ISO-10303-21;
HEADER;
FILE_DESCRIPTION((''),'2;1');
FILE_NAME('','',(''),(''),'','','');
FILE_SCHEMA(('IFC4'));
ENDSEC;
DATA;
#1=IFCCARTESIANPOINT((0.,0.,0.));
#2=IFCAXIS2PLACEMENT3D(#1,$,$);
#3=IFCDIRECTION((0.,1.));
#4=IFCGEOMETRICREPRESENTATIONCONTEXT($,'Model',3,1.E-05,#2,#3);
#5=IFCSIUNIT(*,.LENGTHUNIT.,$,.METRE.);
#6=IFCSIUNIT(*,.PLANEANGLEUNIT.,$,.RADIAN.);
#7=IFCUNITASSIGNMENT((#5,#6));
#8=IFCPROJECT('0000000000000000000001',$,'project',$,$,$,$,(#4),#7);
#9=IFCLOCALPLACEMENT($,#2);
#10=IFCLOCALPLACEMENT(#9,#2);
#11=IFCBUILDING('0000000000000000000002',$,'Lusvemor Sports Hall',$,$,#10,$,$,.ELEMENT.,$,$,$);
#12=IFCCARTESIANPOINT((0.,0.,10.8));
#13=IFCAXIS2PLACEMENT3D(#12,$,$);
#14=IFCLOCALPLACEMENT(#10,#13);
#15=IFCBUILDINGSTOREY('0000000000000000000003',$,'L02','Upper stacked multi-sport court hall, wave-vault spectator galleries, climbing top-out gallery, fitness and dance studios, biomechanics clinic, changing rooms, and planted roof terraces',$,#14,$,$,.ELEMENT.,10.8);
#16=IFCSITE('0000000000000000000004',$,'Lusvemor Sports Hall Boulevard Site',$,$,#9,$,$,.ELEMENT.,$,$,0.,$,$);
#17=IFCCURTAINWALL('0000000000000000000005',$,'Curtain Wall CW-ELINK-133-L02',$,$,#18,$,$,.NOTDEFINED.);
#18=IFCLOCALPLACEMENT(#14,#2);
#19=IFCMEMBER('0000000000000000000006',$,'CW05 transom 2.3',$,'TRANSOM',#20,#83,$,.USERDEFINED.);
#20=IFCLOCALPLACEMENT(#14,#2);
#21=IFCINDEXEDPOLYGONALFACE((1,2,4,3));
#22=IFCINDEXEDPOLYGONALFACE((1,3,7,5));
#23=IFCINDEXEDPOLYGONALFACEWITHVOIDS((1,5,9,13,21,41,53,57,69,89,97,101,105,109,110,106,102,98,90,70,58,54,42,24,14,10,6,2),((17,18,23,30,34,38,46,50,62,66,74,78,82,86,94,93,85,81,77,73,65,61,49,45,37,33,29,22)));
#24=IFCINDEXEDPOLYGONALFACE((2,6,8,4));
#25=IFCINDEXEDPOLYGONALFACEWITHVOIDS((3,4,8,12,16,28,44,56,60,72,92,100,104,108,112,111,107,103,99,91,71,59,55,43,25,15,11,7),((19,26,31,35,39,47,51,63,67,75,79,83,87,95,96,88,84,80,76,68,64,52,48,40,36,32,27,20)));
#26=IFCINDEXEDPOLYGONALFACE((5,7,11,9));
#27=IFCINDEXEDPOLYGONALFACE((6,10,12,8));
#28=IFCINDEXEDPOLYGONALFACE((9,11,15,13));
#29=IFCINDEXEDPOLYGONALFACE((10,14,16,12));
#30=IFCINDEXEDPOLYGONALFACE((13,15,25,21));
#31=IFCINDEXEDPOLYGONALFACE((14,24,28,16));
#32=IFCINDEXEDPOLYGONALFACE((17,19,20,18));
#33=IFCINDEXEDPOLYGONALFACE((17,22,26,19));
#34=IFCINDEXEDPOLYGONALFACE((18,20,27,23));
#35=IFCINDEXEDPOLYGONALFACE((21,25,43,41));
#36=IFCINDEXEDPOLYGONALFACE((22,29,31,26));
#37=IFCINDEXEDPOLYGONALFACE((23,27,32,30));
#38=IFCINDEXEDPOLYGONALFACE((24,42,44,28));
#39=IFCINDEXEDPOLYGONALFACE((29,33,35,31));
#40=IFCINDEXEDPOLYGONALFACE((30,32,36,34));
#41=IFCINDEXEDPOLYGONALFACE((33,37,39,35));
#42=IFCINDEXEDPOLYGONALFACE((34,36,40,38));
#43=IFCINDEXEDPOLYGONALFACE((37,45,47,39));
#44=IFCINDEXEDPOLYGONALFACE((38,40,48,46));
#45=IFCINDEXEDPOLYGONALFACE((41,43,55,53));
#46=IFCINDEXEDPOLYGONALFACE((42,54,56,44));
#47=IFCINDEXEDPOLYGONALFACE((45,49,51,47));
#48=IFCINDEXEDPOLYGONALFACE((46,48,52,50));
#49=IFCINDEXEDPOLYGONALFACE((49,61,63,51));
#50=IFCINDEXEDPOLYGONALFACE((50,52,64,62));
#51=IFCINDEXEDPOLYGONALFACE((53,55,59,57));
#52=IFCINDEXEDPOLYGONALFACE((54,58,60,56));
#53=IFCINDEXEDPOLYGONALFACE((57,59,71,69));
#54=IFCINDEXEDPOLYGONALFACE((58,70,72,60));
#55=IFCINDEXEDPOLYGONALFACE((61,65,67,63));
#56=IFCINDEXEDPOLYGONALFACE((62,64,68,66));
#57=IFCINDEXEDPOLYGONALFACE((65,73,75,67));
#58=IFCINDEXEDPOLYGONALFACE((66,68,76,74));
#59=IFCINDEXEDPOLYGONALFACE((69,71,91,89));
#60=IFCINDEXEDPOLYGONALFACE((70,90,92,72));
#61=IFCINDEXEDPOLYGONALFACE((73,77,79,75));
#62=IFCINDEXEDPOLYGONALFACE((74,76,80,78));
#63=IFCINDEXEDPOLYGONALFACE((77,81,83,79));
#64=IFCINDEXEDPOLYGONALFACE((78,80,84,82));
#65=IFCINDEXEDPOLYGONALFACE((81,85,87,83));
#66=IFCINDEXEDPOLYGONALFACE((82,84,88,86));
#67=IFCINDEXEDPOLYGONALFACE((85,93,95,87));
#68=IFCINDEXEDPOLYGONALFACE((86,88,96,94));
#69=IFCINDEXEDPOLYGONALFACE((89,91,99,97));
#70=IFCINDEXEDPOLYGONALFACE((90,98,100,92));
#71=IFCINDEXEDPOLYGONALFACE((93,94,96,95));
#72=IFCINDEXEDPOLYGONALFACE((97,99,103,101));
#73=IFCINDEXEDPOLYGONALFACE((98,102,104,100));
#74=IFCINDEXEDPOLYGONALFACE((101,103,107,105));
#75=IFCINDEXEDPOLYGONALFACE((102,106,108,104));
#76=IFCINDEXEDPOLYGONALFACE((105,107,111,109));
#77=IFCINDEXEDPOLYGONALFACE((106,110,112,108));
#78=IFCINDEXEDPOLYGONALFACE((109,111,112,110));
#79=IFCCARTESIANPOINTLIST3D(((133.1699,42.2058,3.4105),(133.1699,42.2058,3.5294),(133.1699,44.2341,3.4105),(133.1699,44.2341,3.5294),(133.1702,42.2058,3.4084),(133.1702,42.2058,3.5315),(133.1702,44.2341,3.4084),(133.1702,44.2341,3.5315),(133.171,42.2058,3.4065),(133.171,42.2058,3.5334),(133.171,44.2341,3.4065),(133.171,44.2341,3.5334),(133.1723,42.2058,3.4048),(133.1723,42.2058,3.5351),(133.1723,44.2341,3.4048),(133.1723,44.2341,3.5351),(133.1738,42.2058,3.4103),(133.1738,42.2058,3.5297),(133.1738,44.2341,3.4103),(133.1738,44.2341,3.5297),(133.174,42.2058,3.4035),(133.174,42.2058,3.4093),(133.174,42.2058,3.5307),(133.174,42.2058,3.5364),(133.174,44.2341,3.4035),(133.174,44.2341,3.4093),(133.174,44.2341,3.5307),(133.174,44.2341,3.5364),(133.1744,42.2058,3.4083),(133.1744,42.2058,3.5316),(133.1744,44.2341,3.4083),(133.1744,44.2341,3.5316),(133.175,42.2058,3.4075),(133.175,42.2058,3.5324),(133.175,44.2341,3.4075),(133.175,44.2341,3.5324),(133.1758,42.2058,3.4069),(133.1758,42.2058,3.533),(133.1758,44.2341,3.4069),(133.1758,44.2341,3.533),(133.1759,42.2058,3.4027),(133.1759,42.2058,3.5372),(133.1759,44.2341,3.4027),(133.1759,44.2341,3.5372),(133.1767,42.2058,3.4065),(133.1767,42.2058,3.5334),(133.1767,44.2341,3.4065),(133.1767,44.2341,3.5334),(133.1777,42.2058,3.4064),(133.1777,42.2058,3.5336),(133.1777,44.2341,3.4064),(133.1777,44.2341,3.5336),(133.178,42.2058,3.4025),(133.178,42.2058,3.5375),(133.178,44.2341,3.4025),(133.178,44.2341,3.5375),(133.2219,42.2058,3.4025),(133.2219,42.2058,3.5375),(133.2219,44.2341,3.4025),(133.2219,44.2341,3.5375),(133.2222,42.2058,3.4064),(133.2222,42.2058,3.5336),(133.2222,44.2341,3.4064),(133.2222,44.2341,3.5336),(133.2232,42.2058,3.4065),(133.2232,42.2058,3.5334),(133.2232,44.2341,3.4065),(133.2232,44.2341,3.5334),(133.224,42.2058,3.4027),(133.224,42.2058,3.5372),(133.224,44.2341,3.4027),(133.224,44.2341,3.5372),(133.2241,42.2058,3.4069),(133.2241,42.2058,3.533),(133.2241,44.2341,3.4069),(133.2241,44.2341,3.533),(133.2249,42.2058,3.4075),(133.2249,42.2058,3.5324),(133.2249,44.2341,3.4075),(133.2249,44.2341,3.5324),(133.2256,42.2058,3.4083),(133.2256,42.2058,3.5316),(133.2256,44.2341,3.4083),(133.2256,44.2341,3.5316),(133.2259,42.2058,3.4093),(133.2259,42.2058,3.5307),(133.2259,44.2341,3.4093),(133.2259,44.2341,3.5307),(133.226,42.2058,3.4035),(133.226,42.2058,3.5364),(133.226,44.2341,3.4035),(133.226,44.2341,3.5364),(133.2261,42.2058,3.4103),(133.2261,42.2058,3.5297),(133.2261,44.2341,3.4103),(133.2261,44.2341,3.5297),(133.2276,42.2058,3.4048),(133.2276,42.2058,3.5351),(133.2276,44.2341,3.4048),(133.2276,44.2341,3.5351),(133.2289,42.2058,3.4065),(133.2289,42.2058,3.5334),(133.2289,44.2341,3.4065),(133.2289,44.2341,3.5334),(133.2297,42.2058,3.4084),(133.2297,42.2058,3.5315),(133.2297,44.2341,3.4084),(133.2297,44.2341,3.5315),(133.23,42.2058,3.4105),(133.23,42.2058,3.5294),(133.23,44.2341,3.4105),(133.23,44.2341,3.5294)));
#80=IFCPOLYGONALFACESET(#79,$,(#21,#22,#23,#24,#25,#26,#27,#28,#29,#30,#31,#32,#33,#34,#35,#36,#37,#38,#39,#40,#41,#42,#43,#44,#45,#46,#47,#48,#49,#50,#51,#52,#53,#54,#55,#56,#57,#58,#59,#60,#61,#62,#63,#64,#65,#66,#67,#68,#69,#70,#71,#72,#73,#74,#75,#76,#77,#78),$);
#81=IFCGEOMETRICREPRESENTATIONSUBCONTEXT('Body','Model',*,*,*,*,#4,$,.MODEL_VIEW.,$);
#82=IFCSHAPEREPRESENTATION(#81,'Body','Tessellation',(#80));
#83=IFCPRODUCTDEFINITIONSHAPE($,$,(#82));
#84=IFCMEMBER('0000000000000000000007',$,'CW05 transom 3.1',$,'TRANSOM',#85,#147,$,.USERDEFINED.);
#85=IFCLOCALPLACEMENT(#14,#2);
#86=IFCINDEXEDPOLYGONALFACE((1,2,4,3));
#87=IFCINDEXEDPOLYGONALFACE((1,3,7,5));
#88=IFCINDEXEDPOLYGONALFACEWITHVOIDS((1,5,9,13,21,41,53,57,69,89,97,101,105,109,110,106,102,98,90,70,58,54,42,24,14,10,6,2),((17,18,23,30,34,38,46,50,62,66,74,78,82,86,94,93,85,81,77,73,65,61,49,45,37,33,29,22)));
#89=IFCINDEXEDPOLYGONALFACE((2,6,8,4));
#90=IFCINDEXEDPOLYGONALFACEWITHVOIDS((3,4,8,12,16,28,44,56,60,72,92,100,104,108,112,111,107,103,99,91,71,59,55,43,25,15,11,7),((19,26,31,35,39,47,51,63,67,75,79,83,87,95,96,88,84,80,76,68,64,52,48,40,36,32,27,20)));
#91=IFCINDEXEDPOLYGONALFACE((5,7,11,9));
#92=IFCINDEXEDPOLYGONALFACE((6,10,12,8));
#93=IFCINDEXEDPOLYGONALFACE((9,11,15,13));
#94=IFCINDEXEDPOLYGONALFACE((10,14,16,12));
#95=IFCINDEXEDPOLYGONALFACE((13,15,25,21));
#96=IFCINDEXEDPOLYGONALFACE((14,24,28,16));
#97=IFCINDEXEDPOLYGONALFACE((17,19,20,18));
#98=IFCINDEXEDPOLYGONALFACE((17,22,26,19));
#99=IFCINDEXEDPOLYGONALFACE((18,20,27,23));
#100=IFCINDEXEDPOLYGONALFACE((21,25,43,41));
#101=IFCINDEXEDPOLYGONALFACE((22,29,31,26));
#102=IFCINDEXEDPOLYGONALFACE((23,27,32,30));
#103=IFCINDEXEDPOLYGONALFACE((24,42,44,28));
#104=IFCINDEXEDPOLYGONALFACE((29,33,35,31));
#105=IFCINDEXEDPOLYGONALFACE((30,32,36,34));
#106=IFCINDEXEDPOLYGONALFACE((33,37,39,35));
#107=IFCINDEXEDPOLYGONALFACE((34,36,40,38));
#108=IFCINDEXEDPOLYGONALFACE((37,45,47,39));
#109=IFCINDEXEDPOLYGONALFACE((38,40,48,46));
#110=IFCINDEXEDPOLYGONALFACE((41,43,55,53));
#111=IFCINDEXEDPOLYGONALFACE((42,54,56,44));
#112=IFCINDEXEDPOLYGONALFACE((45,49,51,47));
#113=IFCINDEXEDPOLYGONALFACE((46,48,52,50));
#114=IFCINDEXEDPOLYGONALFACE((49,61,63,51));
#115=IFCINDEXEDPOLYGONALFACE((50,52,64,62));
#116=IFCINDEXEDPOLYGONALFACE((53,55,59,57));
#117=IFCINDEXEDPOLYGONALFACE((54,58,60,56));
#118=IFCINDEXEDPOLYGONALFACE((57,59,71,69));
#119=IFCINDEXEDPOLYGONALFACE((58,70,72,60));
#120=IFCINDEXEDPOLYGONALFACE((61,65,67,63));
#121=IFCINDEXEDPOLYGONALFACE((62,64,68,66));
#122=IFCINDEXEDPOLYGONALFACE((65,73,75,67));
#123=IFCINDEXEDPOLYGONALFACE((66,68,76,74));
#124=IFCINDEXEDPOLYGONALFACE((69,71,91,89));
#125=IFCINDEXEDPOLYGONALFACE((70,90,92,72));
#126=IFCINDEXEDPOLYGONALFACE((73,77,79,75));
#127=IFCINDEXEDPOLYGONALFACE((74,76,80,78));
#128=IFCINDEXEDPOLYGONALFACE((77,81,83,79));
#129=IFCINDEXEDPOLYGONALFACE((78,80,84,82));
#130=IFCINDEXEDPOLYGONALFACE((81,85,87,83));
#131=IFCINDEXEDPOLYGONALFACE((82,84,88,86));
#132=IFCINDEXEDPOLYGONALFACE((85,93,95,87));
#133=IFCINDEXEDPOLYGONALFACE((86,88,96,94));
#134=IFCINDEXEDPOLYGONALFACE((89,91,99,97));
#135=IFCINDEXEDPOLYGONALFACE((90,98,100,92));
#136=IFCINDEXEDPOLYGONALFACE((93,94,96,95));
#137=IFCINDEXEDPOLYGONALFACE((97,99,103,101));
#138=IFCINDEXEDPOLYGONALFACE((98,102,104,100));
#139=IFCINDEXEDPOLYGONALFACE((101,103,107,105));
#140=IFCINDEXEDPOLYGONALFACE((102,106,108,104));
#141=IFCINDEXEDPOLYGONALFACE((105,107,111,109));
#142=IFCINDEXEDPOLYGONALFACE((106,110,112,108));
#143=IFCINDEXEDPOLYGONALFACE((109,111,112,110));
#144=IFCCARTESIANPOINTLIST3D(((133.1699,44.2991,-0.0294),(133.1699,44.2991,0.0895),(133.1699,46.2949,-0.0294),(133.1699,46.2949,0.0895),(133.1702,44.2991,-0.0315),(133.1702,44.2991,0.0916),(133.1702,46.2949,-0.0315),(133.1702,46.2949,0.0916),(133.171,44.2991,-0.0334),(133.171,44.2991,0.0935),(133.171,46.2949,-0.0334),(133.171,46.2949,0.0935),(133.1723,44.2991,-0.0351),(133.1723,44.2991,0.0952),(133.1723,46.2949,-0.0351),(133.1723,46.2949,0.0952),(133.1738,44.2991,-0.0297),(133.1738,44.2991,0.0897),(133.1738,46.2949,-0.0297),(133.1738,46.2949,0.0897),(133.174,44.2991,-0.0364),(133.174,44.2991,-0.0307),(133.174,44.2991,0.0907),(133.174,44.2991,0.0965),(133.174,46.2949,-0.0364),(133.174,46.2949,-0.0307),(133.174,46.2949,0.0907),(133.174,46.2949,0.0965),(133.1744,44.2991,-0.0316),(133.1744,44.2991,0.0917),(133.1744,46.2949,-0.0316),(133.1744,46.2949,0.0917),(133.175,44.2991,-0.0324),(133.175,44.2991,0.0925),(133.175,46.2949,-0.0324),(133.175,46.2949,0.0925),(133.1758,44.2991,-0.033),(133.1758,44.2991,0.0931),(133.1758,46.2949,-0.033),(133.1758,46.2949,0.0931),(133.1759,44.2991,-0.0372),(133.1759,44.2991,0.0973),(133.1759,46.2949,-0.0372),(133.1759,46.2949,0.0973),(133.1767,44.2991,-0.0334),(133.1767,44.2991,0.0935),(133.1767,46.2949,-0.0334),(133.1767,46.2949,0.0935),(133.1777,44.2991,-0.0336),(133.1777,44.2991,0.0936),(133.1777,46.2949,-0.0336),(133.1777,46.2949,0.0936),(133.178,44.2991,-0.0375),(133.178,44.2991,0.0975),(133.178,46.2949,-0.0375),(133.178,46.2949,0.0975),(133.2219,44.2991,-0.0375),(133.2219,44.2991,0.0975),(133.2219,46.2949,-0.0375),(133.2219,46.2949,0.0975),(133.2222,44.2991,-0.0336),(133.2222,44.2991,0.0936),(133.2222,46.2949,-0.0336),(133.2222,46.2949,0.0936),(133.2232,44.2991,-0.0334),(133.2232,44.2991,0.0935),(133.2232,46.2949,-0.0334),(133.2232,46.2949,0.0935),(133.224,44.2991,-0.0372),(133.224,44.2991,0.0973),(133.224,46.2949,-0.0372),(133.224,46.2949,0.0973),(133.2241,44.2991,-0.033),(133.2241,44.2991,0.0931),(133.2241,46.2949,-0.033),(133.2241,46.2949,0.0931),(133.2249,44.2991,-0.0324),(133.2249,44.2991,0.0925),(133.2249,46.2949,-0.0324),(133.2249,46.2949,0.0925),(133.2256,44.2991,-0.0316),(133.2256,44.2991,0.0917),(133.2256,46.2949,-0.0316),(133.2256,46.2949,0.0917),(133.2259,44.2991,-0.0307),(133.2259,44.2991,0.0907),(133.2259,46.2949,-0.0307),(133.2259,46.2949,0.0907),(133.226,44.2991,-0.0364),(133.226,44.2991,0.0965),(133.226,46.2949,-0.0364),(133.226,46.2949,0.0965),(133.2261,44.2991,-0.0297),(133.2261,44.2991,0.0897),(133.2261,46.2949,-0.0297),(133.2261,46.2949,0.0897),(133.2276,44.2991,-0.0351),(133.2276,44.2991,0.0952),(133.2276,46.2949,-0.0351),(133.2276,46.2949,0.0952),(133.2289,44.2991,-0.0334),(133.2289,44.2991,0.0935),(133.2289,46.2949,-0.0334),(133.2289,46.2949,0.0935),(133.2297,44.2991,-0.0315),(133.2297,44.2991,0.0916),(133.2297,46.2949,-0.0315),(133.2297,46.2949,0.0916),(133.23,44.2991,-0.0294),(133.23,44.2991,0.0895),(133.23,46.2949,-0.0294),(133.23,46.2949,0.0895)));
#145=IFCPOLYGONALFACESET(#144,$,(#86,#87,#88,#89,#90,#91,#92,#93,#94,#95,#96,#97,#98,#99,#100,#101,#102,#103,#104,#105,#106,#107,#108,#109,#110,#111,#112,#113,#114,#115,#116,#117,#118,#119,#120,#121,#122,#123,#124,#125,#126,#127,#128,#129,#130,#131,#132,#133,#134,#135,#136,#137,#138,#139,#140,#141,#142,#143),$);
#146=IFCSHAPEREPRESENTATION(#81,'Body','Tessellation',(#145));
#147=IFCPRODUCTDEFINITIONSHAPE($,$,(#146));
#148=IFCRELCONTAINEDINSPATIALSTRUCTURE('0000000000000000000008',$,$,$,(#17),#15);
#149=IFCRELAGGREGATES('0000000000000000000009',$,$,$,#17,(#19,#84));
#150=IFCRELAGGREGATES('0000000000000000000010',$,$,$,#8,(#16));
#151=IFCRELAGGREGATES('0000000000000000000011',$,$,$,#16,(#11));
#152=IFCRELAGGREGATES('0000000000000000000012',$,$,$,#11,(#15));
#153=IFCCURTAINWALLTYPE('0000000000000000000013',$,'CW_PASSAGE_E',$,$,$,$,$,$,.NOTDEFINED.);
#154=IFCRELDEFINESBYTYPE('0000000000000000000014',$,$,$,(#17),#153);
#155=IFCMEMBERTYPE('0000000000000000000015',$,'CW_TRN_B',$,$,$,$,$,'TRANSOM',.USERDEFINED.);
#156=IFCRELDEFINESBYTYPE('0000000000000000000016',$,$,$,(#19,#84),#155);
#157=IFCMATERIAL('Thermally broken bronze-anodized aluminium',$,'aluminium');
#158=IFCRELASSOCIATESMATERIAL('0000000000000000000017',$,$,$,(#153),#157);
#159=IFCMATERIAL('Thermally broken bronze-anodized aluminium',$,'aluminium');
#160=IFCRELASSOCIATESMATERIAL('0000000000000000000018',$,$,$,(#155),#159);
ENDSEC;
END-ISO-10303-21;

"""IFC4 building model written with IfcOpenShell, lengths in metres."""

from ifc_helpers import new_model, si_unit, direction, frame, origin, origin_2d, place, context, subcontext, project, spatial, hollow_rectangle, extrude, material, material_profile, profile_set, type_object, element, aggregate, save


model = new_model("IFC4")

# Units and contexts
model_context = context("Model", 3, precision=1e-05, world=origin(), true_north=direction((0.0, 1.0)))
body_context = subcontext(model_context, "Body", "Model", "MODEL_VIEW")
ifc_project = project(units=[si_unit("LENGTHUNIT", "METRE"), si_unit("PLANEANGLEUNIT", "RADIAN")], contexts=[model_context])

# Site, building, storey
site_placement = place(None, origin())
site = spatial("IfcSite", under=ifc_project, at=site_placement, Name="Lusvemor Sports Hall Boulevard Site", CompositionType="ELEMENT", RefElevation=0.0)
building_placement = place(site_placement, origin())
building = spatial("IfcBuilding", under=site, at=building_placement, Name="Lusvemor Sports Hall", CompositionType="ELEMENT")
storey_placement = place(building_placement, frame((0.0, 0.0, 10.8)))
storey = spatial("IfcBuildingStorey", under=building, at=storey_placement, Name="L02", Description="Upper stacked multi-sport court hall, wave-vault spectator galleries, climbing top-out gallery, fitness and dance studios, biomechanics clinic, changing rooms, and planted roof terraces", CompositionType="ELEMENT", Elevation=10.8)

# Curtain wall
ifc_material_1 = material(Name="Thermally broken bronze-anodized aluminium", Category="aluminium")
curtain_wall_type_1 = type_object("IfcCurtainWallType", Name="CW_PASSAGE_E", PredefinedType="NOTDEFINED", material=ifc_material_1)
curtain_wall_1_placement = place(storey_placement, origin())
curtain_wall_1 = element("IfcCurtainWall", 1, at=curtain_wall_1_placement, inside=storey, type_object=curtain_wall_type_1, Name="Curtain Wall CW-ELINK-133-L02", PredefinedType="NOTDEFINED")

# Members
ifc_material_2 = material(Name="Thermally broken bronze-anodized aluminium", Category="aluminium")
ifc_material_profile_1 = material_profile(ifc_material_2, hollow_rectangle(XDim=0.0601, YDim=0.135, WallThickness=0.0039, InnerFilletRadius=0.0039, OuterFilletRadius=0.0081, at=origin_2d()), Name="CWTRN135x60x4")
ifc_profile_set_1 = profile_set([ifc_material_profile_1], Name="Thermally broken bronze-anodized aluminium")
member_type_1 = type_object("IfcMemberType", Name="CW_TRN_B", ElementType="TRANSOM", PredefinedType="USERDEFINED", material=ifc_profile_set_1)
member_1_placement = place(storey_placement, frame((133.2, 42.2058, 3.47), z_axis=(0.0, 1.0, 0.0), x_axis=(-1.0, 0.0, 0.0)))
member_1 = element("IfcMember", 2, at=member_1_placement, type_object=member_type_1, Name="CW05 transom 2.3", ObjectType="TRANSOM", PredefinedType="USERDEFINED", context=body_context, shape_type="SweptSolid", body=[
    extrude(hollow_rectangle(XDim=0.0601, YDim=0.135, WallThickness=0.0039, InnerFilletRadius=0.0039, OuterFilletRadius=0.0081, at=origin_2d()), origin(), (0.0, 0.0, 1.0), 2.0283),
])
member_2_placement = place(storey_placement, frame((133.2, 44.2991, 0.03), z_axis=(0.0, 1.0, 0.0), x_axis=(-1.0, 0.0, 0.0)))
member_2 = element("IfcMember", 3, at=member_2_placement, type_object=member_type_1, Name="CW05 transom 3.1", ObjectType="TRANSOM", PredefinedType="USERDEFINED", context=body_context, shape_type="SweptSolid", body=[
    extrude(hollow_rectangle(XDim=0.0601, YDim=0.135, WallThickness=0.0039, InnerFilletRadius=0.0039, OuterFilletRadius=0.0081, at=origin_2d()), origin(), (0.0, 0.0, 1.0), 1.9958),
])

aggregate(curtain_wall_1, [member_1, member_2])

save(model, "model.ifc")
